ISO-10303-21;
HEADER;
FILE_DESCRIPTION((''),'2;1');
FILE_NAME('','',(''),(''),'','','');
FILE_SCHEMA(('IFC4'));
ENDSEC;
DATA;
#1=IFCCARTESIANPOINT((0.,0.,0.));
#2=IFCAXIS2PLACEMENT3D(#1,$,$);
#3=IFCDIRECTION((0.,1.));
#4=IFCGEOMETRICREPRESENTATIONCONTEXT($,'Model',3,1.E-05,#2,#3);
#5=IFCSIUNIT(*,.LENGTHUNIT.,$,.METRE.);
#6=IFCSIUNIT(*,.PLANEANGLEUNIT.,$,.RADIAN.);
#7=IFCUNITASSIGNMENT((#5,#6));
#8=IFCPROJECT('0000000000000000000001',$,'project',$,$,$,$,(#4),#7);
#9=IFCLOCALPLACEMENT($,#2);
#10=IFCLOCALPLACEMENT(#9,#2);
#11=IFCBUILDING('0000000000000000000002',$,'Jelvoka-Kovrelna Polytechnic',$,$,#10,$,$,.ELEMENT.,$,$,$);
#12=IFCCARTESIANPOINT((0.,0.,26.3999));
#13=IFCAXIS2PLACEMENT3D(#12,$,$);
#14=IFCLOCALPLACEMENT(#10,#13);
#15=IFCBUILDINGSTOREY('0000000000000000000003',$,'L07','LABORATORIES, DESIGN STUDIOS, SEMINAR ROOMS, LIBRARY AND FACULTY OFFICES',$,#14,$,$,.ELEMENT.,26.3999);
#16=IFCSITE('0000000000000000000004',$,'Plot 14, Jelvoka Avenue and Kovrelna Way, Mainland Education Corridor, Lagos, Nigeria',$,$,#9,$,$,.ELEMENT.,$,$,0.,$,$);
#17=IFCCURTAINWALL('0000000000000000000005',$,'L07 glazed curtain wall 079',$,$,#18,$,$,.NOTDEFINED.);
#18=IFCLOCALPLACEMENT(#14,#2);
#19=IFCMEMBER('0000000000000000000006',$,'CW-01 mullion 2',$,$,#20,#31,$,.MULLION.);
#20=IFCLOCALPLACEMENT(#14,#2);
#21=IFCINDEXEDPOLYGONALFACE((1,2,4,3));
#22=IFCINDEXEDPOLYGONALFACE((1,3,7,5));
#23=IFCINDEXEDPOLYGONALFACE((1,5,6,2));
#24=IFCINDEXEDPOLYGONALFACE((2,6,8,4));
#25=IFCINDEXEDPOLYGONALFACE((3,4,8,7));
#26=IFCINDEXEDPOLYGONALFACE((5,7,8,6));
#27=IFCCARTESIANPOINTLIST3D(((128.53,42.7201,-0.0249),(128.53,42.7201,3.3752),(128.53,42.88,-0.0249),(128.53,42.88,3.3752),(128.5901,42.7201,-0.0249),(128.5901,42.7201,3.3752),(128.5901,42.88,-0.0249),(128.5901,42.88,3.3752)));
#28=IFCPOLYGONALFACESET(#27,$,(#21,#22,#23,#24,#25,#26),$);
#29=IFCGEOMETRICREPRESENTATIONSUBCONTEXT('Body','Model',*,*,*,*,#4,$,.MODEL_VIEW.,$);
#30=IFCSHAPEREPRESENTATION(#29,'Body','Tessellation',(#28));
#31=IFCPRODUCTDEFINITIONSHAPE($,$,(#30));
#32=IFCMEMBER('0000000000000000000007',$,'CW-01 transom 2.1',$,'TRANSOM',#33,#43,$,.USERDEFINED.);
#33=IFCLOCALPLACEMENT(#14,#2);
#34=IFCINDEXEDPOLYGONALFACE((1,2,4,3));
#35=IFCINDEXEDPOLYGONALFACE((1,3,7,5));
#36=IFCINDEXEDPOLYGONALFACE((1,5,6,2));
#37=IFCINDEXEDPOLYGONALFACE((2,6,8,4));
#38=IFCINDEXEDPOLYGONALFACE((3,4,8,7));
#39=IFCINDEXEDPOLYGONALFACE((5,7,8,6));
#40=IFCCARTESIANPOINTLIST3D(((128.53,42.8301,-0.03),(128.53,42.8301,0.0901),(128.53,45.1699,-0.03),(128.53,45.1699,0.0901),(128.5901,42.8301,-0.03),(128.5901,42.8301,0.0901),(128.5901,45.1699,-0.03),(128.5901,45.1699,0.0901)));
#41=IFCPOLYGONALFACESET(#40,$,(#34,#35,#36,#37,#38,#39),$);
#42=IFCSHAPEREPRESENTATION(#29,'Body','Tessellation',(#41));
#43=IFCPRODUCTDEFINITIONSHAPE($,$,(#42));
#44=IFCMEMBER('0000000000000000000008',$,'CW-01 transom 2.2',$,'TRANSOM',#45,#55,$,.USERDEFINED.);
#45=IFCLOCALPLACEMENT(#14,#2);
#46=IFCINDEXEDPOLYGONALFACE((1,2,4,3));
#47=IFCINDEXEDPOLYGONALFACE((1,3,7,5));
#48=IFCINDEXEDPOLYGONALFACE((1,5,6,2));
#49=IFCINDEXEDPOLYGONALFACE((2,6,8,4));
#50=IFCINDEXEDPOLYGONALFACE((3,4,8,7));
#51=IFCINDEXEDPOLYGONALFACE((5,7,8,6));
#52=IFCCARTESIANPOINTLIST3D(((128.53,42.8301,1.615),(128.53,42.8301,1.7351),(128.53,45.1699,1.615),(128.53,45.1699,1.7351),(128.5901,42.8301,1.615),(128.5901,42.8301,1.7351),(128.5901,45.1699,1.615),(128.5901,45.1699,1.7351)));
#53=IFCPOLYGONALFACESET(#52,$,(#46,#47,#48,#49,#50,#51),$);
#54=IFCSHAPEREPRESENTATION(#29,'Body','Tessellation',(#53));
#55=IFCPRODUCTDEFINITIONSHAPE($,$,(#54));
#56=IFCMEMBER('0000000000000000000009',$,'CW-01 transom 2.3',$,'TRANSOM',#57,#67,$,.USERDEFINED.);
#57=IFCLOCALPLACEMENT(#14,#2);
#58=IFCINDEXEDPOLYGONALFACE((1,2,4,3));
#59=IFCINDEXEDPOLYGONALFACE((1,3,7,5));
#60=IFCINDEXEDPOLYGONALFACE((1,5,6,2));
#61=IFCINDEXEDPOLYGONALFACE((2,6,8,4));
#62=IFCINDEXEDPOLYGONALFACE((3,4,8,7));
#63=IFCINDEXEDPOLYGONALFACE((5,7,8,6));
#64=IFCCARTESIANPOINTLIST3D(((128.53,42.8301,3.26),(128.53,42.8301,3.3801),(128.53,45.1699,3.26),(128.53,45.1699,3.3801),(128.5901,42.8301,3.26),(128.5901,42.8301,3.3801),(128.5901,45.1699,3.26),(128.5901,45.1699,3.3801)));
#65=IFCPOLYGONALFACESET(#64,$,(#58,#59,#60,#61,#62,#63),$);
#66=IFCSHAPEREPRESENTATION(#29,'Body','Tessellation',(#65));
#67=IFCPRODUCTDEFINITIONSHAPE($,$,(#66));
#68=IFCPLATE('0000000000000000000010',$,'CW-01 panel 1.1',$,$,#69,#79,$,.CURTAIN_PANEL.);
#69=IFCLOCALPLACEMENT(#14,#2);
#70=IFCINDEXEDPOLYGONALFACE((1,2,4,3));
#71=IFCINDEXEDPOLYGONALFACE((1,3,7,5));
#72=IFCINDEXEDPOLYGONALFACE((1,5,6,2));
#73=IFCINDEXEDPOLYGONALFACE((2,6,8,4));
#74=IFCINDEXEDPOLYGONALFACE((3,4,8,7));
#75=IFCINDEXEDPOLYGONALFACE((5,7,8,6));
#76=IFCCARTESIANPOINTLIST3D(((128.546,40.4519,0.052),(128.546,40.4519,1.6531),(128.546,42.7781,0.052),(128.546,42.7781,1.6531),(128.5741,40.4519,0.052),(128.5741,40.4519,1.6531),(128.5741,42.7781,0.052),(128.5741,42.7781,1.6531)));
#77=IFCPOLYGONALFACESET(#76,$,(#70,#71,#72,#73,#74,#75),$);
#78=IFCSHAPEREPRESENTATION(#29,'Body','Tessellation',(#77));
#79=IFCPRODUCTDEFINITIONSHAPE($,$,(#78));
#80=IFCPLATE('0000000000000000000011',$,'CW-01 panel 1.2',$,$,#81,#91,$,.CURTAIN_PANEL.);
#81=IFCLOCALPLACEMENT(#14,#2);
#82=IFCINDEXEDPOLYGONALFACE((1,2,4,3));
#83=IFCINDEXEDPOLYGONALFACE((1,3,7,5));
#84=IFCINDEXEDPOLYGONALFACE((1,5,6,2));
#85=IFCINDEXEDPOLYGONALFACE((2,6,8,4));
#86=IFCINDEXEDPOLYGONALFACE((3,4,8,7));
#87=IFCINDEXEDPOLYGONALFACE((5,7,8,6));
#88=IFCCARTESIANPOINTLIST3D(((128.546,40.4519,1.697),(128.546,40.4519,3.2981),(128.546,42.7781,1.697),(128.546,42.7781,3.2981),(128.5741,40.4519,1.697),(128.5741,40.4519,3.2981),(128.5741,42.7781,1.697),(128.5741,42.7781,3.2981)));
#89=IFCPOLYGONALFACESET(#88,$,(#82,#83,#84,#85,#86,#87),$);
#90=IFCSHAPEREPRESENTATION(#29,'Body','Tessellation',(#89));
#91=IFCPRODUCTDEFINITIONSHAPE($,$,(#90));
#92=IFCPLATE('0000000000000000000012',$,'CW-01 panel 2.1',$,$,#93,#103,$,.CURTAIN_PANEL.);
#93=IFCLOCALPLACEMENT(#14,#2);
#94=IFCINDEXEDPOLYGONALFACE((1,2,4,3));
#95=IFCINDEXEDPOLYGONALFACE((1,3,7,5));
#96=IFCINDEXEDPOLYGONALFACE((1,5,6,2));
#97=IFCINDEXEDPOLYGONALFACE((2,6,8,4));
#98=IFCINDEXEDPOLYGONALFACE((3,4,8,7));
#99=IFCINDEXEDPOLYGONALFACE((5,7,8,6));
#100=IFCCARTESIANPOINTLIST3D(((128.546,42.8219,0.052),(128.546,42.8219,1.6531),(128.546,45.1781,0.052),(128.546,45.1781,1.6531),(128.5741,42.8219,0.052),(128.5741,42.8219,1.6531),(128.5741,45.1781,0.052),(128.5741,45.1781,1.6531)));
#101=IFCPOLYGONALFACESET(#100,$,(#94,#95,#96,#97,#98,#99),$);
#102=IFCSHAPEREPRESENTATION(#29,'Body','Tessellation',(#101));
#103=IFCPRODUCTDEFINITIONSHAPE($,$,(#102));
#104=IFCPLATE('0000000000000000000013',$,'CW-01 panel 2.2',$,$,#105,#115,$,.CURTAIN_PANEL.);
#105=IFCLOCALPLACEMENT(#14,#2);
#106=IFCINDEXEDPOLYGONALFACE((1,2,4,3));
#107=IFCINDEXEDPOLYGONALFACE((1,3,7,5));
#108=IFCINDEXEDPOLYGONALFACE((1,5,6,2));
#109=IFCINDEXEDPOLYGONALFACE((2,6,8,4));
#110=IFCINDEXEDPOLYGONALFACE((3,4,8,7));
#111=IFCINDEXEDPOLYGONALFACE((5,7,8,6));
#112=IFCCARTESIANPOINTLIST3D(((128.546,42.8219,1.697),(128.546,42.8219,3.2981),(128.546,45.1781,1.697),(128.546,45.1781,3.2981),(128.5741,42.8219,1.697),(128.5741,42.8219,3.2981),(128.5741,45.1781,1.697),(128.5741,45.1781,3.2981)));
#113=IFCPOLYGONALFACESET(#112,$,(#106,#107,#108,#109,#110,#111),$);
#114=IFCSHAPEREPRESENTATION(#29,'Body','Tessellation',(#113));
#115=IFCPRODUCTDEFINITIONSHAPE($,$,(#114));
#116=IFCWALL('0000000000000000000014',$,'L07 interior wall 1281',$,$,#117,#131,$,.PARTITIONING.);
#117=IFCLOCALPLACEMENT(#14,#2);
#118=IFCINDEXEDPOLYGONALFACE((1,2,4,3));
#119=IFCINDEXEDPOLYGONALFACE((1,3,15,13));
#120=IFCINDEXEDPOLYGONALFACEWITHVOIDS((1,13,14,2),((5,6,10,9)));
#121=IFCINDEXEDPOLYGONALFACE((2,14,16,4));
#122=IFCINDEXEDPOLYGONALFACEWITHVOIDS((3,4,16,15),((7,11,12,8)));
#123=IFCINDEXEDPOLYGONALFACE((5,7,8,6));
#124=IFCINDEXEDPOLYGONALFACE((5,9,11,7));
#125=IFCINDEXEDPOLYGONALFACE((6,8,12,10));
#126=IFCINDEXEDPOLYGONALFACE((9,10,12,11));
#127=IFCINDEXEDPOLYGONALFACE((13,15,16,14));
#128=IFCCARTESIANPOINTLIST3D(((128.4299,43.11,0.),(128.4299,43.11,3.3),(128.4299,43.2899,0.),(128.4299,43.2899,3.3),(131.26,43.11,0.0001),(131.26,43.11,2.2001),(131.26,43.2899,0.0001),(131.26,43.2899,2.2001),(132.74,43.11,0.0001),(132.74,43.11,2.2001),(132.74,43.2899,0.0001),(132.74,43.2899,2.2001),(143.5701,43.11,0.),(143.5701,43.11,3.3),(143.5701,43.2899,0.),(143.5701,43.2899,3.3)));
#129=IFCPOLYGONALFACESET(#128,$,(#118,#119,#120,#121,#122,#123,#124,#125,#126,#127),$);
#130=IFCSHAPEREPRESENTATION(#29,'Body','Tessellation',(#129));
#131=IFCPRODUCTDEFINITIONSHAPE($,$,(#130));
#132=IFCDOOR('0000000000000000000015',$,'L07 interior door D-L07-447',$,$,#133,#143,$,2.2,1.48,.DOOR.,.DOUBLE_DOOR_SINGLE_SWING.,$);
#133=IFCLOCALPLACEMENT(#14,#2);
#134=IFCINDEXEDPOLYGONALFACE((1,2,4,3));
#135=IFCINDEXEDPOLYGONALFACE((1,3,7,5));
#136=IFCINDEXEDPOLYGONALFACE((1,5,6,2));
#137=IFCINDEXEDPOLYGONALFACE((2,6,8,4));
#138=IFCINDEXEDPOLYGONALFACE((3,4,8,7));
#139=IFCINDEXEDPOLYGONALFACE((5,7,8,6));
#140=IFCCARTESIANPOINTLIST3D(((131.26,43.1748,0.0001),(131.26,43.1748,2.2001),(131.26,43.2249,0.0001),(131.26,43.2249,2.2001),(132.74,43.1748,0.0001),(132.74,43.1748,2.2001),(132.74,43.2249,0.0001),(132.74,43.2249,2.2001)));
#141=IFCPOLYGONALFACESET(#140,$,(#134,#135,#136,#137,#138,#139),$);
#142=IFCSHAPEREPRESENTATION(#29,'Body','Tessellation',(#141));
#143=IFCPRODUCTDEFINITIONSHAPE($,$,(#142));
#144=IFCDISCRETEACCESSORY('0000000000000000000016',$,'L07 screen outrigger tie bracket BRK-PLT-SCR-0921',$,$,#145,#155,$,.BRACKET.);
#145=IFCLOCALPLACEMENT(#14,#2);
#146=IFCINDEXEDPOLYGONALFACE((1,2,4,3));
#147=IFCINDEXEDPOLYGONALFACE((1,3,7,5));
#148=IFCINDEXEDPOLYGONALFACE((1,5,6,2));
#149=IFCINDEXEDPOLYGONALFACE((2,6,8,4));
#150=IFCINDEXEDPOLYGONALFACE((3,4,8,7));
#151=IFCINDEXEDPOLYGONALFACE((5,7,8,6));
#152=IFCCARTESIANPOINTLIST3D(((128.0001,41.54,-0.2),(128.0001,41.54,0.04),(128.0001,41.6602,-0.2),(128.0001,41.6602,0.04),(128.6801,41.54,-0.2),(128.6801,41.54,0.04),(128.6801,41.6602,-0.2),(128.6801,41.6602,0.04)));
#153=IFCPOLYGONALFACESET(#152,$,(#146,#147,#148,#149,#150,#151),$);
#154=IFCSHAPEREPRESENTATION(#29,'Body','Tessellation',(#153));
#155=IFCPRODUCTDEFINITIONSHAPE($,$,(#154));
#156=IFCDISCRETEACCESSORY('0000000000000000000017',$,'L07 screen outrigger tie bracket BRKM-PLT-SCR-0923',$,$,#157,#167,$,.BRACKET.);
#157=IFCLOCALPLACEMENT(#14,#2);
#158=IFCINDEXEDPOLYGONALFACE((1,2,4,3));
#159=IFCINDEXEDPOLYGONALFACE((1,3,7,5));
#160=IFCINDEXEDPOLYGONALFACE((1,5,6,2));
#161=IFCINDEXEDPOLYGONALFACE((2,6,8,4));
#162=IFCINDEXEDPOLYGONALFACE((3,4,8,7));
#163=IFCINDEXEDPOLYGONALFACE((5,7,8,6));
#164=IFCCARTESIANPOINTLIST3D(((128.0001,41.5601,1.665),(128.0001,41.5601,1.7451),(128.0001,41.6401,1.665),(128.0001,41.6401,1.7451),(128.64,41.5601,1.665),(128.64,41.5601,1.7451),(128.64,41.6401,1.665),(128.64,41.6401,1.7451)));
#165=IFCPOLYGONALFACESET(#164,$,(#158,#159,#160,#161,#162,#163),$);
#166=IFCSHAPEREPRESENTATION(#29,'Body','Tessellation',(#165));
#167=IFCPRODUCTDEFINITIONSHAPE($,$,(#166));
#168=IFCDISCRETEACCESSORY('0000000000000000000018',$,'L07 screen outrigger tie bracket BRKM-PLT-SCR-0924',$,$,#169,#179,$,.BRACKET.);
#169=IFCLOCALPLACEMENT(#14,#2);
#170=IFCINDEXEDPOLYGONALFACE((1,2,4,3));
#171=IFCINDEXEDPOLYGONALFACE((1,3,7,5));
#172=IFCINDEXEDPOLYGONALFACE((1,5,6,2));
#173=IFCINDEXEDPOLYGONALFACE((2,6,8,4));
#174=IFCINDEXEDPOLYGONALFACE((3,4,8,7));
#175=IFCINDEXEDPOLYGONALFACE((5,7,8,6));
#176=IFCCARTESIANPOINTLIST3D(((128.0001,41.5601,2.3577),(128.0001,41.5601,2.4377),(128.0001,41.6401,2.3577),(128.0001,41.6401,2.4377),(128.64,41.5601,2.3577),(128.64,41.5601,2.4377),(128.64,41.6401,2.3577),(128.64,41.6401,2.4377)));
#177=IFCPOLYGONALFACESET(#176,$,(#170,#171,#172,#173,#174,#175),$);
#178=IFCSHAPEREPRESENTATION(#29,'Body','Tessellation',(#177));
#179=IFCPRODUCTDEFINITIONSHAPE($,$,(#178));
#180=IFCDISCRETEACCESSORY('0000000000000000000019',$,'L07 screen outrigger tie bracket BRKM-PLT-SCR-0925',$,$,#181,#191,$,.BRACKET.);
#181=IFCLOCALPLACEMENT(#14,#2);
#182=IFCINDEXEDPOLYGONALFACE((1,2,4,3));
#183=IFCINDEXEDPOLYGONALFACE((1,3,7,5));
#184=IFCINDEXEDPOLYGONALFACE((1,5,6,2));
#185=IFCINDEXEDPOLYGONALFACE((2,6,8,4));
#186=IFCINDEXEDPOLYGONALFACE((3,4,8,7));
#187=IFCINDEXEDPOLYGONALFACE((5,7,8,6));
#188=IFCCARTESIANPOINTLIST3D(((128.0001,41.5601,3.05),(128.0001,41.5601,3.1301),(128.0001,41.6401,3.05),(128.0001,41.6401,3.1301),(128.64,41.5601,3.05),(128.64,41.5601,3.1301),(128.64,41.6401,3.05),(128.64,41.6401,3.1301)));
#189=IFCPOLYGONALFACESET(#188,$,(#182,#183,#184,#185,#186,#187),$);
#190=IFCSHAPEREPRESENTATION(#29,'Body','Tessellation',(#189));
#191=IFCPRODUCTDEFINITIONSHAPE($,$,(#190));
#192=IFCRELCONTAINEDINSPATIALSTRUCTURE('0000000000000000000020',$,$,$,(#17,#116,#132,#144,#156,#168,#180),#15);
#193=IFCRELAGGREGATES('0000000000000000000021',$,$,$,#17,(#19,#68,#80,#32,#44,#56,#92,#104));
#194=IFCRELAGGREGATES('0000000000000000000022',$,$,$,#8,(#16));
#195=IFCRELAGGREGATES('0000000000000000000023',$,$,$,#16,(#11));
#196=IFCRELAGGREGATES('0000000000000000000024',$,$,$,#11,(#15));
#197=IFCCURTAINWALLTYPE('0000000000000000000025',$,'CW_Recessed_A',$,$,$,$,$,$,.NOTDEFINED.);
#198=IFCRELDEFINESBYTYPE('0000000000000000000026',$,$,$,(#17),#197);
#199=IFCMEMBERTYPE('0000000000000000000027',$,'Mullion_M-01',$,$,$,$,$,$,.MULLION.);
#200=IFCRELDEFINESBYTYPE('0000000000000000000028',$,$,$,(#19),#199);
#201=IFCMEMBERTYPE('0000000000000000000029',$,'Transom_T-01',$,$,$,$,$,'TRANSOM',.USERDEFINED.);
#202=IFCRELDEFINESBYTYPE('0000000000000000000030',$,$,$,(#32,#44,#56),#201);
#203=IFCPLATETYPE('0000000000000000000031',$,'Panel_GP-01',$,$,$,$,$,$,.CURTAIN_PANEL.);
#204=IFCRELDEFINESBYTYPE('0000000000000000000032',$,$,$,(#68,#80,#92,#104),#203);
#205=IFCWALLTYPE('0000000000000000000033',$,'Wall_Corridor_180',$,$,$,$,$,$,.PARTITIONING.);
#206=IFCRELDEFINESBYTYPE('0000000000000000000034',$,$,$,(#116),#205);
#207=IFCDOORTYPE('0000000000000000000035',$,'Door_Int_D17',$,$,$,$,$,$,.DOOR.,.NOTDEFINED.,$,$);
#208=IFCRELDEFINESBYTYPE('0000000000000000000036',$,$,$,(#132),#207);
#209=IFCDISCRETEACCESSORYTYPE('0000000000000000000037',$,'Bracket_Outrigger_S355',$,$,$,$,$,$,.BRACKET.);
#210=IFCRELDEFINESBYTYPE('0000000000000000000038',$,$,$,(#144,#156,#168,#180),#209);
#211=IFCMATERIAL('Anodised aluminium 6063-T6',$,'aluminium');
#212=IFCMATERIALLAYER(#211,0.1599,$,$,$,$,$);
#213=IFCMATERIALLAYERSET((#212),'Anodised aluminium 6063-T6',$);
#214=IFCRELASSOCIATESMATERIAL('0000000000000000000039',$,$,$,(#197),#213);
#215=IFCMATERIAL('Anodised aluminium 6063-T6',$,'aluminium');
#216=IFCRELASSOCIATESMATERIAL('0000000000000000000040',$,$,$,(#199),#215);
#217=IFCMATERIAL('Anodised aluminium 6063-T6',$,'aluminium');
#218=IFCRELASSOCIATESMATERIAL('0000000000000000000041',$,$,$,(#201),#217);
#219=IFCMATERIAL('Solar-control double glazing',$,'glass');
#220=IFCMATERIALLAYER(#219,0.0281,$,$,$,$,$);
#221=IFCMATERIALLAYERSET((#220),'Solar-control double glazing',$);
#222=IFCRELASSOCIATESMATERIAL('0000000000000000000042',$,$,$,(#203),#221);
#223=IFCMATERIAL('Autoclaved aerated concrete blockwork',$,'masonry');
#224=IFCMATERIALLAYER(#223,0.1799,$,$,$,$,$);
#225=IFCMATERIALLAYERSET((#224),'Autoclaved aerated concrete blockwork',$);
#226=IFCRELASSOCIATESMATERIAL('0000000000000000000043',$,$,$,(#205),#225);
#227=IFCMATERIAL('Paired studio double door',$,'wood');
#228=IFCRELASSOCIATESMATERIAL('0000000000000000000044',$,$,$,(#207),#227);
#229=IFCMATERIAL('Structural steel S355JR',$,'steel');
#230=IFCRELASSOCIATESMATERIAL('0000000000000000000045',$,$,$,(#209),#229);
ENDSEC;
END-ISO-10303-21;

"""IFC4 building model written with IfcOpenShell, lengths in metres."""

from ifc_helpers import new_model, si_unit, direction, frame, frame_2d, origin, origin_2d, place, context, subcontext, project, spatial, rectangle, extrude, material, layer, layer_set, material_profile, profile_set, type_object, element, fill, aggregate, save


model = new_model("IFC4")

# Units and contexts
model_context = context("Model", 3, precision=1e-05, world=origin(), true_north=direction((0.0, 1.0)))
body_context = subcontext(model_context, "Body", "Model", "MODEL_VIEW")
ifc_project = project(units=[si_unit("LENGTHUNIT", "METRE"), si_unit("PLANEANGLEUNIT", "RADIAN")], contexts=[model_context])

# Site, building, storey
site_placement = place(None, origin())
site = spatial("IfcSite", under=ifc_project, at=site_placement, Name="Plot 14, Jelvoka Avenue and Kovrelna Way, Mainland Education Corridor, Lagos, Nigeria", CompositionType="ELEMENT", RefElevation=0.0)
building_placement = place(site_placement, origin())
building = spatial("IfcBuilding", under=site, at=building_placement, Name="Jelvoka-Kovrelna Polytechnic", CompositionType="ELEMENT")
storey_placement = place(building_placement, frame((0.0, 0.0, 26.3999)))
storey = spatial("IfcBuildingStorey", under=building, at=storey_placement, Name="L07", Description="LABORATORIES, DESIGN STUDIOS, SEMINAR ROOMS, LIBRARY AND FACULTY OFFICES", CompositionType="ELEMENT", Elevation=26.3999)

# Curtain wall, members, plates
ifc_material_1 = material(Name="Anodised aluminium 6063-T6", Category="aluminium")
ifc_layer_1 = layer(ifc_material_1, 0.1599)
ifc_layer_set_1 = layer_set([ifc_layer_1], Name="Anodised aluminium 6063-T6")
curtain_wall_type = type_object("IfcCurtainWallType", Name="CW_Recessed_A", PredefinedType="NOTDEFINED", material=ifc_layer_set_1)
curtain_wall_placement = place(storey_placement, origin())
curtain_wall = element("IfcCurtainWall", 1, at=curtain_wall_placement, inside=storey, type_object=curtain_wall_type, Name="L07 glazed curtain wall 079", PredefinedType="NOTDEFINED")
ifc_material_2 = material(Name="Anodised aluminium 6063-T6", Category="aluminium")
ifc_material_profile_1 = material_profile(ifc_material_2, rectangle(XDim=0.0601, YDim=0.1599, at=origin_2d()), Name="ALU 60x160")
ifc_profile_set_1 = profile_set([ifc_material_profile_1], Name="Anodised aluminium 6063-T6")
member_type_1 = type_object("IfcMemberType", Name="Mullion_M-01", PredefinedType="MULLION", material=ifc_profile_set_1)
member_1_placement = place(storey_placement, frame((128.5601, 42.8, -0.0249), z_axis=(0.0, 0.0, 1.0), x_axis=(-1.0, 0.0, 0.0)))
member_1 = element("IfcMember", 2, at=member_1_placement, type_object=member_type_1, Name="CW-01 mullion 2", PredefinedType="MULLION", context=body_context, shape_type="SweptSolid", body=[
    extrude(rectangle(XDim=0.0601, YDim=0.1599, at=origin_2d()), origin(), (0.0, 0.0, 1.0), 3.4001),
])
ifc_material_3 = material(Name="Anodised aluminium 6063-T6", Category="aluminium")
ifc_material_profile_2 = material_profile(ifc_material_3, rectangle(XDim=0.0601, YDim=0.1201, at=origin_2d()), Name="ALU 60x120")
ifc_profile_set_2 = profile_set([ifc_material_profile_2], Name="Anodised aluminium 6063-T6")
member_type_2 = type_object("IfcMemberType", Name="Transom_T-01", ElementType="TRANSOM", PredefinedType="USERDEFINED", material=ifc_profile_set_2)
member_2_placement = place(storey_placement, frame((128.5601, 42.8301, 0.03), z_axis=(0.0, 1.0, 0.0), x_axis=(-1.0, 0.0, 0.0)))
member_2 = element("IfcMember", 3, at=member_2_placement, type_object=member_type_2, Name="CW-01 transom 2.1", ObjectType="TRANSOM", PredefinedType="USERDEFINED", context=body_context, shape_type="SweptSolid", body=[
    extrude(rectangle(XDim=0.0601, YDim=0.1201, at=origin_2d()), origin(), (0.0, 0.0, 1.0), 2.3398),
])
member_3_placement = place(storey_placement, frame((128.5601, 42.8301, 1.675), z_axis=(0.0, 1.0, 0.0), x_axis=(-1.0, 0.0, 0.0)))
member_3 = element("IfcMember", 4, at=member_3_placement, type_object=member_type_2, Name="CW-01 transom 2.2", ObjectType="TRANSOM", PredefinedType="USERDEFINED", context=body_context, shape_type="SweptSolid", body=[
    extrude(rectangle(XDim=0.0601, YDim=0.1201, at=origin_2d()), origin(), (0.0, 0.0, 1.0), 2.3398),
])
member_4_placement = place(storey_placement, frame((128.5601, 42.8301, 3.3201), z_axis=(0.0, 1.0, 0.0), x_axis=(-1.0, 0.0, 0.0)))
member_4 = element("IfcMember", 5, at=member_4_placement, type_object=member_type_2, Name="CW-01 transom 2.3", ObjectType="TRANSOM", PredefinedType="USERDEFINED", context=body_context, shape_type="SweptSolid", body=[
    extrude(rectangle(XDim=0.0601, YDim=0.1201, at=origin_2d()), origin(), (0.0, 0.0, 1.0), 2.3398),
])
ifc_material_4 = material(Name="Solar-control double glazing", Category="glass")
ifc_layer_2 = layer(ifc_material_4, 0.0281)
ifc_layer_set_2 = layer_set([ifc_layer_2], Name="Solar-control double glazing")
plate_type = type_object("IfcPlateType", Name="Panel_GP-01", PredefinedType="CURTAIN_PANEL", material=ifc_layer_set_2)
plate_1_placement = place(storey_placement, frame((128.5601, 41.615, 0.052), z_axis=(0.0, 0.0, 1.0), x_axis=(0.0, 1.0, 0.0)))
plate_1 = element("IfcPlate", 6, at=plate_1_placement, type_object=plate_type, Name="CW-01 panel 1.1", PredefinedType="CURTAIN_PANEL", context=body_context, shape_type="SweptSolid", body=[
    extrude(rectangle(XDim=2.3262, YDim=0.0281, at=origin_2d()), origin(), (0.0, 0.0, 1.0), 1.6011),
])
plate_2_placement = place(storey_placement, frame((128.5601, 41.615, 1.697), z_axis=(0.0, 0.0, 1.0), x_axis=(0.0, 1.0, 0.0)))
plate_2 = element("IfcPlate", 7, at=plate_2_placement, type_object=plate_type, Name="CW-01 panel 1.2", PredefinedType="CURTAIN_PANEL", context=body_context, shape_type="SweptSolid", body=[
    extrude(rectangle(XDim=2.3262, YDim=0.0281, at=origin_2d()), origin(), (0.0, 0.0, 1.0), 1.6011),
])
plate_3_placement = place(storey_placement, frame((128.5601, 44.0, 0.052), z_axis=(0.0, 0.0, 1.0), x_axis=(0.0, 1.0, 0.0)))
plate_3 = element("IfcPlate", 8, at=plate_3_placement, type_object=plate_type, Name="CW-01 panel 2.1", PredefinedType="CURTAIN_PANEL", context=body_context, shape_type="SweptSolid", body=[
    extrude(rectangle(XDim=2.3562, YDim=0.0281, at=origin_2d()), origin(), (0.0, 0.0, 1.0), 1.6011),
])
plate_4_placement = place(storey_placement, frame((128.5601, 44.0, 1.697), z_axis=(0.0, 0.0, 1.0), x_axis=(0.0, 1.0, 0.0)))
plate_4 = element("IfcPlate", 9, at=plate_4_placement, type_object=plate_type, Name="CW-01 panel 2.2", PredefinedType="CURTAIN_PANEL", context=body_context, shape_type="SweptSolid", body=[
    extrude(rectangle(XDim=2.3562, YDim=0.0281, at=origin_2d()), origin(), (0.0, 0.0, 1.0), 1.6011),
])
aggregate(curtain_wall, [member_1, plate_1, plate_2, member_2, member_3, member_4, plate_3, plate_4])

# Wall, opening, door
ifc_material_5 = material(Name="Autoclaved aerated concrete blockwork", Category="masonry")
ifc_layer_3 = layer(ifc_material_5, 0.1799)
ifc_layer_set_3 = layer_set([ifc_layer_3], Name="Autoclaved aerated concrete blockwork")
wall_type = type_object("IfcWallType", Name="Wall_Corridor_180", PredefinedType="PARTITIONING", material=ifc_layer_set_3)
wall_placement = place(storey_placement, frame((128.4299, 43.2, 0.0), z_axis=(0.0, 0.0, 1.0), x_axis=(1.0, 0.0, 0.0)))
wall = element("IfcWall", 10, at=wall_placement, inside=storey, type_object=wall_type, Name="L07 interior wall 1281", PredefinedType="PARTITIONING", context=body_context, shape_type="SweptSolid", body=[
    extrude(rectangle(XDim=15.1401, YDim=0.1799, at=frame_2d((7.5701, 0.0))), origin(), (0.0, 0.0, 1.0), 3.3),
])
opening_placement = place(wall_placement, frame((2.8301, 0.0, 0.0)))
opening = element("IfcOpeningElement", 11, at=opening_placement, cuts=wall, PredefinedType="OPENING", context=body_context, shape_type="SweptSolid", body=[
    extrude(rectangle(XDim=1.48, YDim=2.2, at=frame_2d((0.74, 1.1001))), frame((0.0, 0.0999, 0.0), z_axis=(0.0, -1.0, 0.0), x_axis=(1.0, 0.0, 0.0)), (0.0, 0.0, 1.0), 0.2),
])
ifc_material_6 = material(Name="Paired studio double door", Category="wood")
door_type = type_object("IfcDoorType", Name="Door_Int_D17", OperationType="NOTDEFINED", PredefinedType="DOOR", material=ifc_material_6)
door_placement = place(opening_placement, origin())
door = element("IfcDoor", 12, at=door_placement, inside=storey, type_object=door_type, Name="L07 interior door D-L07-447", OperationType="DOUBLE_DOOR_SINGLE_SWING", OverallHeight=2.2, OverallWidth=1.48, PredefinedType="DOOR", context=body_context, shape_type="SweptSolid", body=[
    extrude(rectangle(XDim=1.48, YDim=2.2, at=frame_2d((0.74, 1.1001))), frame((0.0, 0.0249, 0.0), z_axis=(0.0, -1.0, 0.0), x_axis=(1.0, 0.0, 0.0)), (0.0, 0.0, 1.0), 0.05),
])
fill(opening, door)

# Discrete accessories
ifc_material_7 = material(Name="Structural steel S355JR", Category="steel")
discrete_accessory_type = type_object("IfcDiscreteAccessoryType", Name="Bracket_Outrigger_S355", PredefinedType="BRACKET", material=ifc_material_7)
discrete_accessory_1_placement = place(storey_placement, frame((128.3401, 41.6001, -0.2), z_axis=(0.0, 0.0, 1.0), x_axis=(1.0, 0.0, 0.0)))
element("IfcDiscreteAccessory", 13, at=discrete_accessory_1_placement, inside=storey, type_object=discrete_accessory_type, Name="L07 screen outrigger tie bracket BRK-PLT-SCR-0921", PredefinedType="BRACKET", context=body_context, shape_type="SweptSolid", body=[
    extrude(rectangle(XDim=0.6799, YDim=0.1201, at=origin_2d()), origin(), (0.0, 0.0, 1.0), 0.24),
])
for number, where, z_axis, x_axis, name in (
    (14, (128.3201, 41.6001, 1.665), (0.0, 0.0, 1.0), (1.0, 0.0, 0.0), "L07 screen outrigger tie bracket BRKM-PLT-SCR-0923"),
    (15, (128.3201, 41.6001, 2.3577), (0.0, 0.0, 1.0), (1.0, 0.0, 0.0), "L07 screen outrigger tie bracket BRKM-PLT-SCR-0924"),
    (16, (128.3201, 41.6001, 3.05), (0.0, 0.0, 1.0), (1.0, 0.0, 0.0), "L07 screen outrigger tie bracket BRKM-PLT-SCR-0925"),
):
    element("IfcDiscreteAccessory", number, at=place(storey_placement, frame(where, z_axis=z_axis, x_axis=x_axis)), inside=storey, type_object=discrete_accessory_type, Name=name, PredefinedType="BRACKET", context=body_context, shape_type="SweptSolid", body=[
        extrude(rectangle(XDim=0.6399, YDim=0.0801, at=origin_2d()), origin(), (0.0, 0.0, 1.0), 0.0801),
    ])

save(model, "model.ifc")
